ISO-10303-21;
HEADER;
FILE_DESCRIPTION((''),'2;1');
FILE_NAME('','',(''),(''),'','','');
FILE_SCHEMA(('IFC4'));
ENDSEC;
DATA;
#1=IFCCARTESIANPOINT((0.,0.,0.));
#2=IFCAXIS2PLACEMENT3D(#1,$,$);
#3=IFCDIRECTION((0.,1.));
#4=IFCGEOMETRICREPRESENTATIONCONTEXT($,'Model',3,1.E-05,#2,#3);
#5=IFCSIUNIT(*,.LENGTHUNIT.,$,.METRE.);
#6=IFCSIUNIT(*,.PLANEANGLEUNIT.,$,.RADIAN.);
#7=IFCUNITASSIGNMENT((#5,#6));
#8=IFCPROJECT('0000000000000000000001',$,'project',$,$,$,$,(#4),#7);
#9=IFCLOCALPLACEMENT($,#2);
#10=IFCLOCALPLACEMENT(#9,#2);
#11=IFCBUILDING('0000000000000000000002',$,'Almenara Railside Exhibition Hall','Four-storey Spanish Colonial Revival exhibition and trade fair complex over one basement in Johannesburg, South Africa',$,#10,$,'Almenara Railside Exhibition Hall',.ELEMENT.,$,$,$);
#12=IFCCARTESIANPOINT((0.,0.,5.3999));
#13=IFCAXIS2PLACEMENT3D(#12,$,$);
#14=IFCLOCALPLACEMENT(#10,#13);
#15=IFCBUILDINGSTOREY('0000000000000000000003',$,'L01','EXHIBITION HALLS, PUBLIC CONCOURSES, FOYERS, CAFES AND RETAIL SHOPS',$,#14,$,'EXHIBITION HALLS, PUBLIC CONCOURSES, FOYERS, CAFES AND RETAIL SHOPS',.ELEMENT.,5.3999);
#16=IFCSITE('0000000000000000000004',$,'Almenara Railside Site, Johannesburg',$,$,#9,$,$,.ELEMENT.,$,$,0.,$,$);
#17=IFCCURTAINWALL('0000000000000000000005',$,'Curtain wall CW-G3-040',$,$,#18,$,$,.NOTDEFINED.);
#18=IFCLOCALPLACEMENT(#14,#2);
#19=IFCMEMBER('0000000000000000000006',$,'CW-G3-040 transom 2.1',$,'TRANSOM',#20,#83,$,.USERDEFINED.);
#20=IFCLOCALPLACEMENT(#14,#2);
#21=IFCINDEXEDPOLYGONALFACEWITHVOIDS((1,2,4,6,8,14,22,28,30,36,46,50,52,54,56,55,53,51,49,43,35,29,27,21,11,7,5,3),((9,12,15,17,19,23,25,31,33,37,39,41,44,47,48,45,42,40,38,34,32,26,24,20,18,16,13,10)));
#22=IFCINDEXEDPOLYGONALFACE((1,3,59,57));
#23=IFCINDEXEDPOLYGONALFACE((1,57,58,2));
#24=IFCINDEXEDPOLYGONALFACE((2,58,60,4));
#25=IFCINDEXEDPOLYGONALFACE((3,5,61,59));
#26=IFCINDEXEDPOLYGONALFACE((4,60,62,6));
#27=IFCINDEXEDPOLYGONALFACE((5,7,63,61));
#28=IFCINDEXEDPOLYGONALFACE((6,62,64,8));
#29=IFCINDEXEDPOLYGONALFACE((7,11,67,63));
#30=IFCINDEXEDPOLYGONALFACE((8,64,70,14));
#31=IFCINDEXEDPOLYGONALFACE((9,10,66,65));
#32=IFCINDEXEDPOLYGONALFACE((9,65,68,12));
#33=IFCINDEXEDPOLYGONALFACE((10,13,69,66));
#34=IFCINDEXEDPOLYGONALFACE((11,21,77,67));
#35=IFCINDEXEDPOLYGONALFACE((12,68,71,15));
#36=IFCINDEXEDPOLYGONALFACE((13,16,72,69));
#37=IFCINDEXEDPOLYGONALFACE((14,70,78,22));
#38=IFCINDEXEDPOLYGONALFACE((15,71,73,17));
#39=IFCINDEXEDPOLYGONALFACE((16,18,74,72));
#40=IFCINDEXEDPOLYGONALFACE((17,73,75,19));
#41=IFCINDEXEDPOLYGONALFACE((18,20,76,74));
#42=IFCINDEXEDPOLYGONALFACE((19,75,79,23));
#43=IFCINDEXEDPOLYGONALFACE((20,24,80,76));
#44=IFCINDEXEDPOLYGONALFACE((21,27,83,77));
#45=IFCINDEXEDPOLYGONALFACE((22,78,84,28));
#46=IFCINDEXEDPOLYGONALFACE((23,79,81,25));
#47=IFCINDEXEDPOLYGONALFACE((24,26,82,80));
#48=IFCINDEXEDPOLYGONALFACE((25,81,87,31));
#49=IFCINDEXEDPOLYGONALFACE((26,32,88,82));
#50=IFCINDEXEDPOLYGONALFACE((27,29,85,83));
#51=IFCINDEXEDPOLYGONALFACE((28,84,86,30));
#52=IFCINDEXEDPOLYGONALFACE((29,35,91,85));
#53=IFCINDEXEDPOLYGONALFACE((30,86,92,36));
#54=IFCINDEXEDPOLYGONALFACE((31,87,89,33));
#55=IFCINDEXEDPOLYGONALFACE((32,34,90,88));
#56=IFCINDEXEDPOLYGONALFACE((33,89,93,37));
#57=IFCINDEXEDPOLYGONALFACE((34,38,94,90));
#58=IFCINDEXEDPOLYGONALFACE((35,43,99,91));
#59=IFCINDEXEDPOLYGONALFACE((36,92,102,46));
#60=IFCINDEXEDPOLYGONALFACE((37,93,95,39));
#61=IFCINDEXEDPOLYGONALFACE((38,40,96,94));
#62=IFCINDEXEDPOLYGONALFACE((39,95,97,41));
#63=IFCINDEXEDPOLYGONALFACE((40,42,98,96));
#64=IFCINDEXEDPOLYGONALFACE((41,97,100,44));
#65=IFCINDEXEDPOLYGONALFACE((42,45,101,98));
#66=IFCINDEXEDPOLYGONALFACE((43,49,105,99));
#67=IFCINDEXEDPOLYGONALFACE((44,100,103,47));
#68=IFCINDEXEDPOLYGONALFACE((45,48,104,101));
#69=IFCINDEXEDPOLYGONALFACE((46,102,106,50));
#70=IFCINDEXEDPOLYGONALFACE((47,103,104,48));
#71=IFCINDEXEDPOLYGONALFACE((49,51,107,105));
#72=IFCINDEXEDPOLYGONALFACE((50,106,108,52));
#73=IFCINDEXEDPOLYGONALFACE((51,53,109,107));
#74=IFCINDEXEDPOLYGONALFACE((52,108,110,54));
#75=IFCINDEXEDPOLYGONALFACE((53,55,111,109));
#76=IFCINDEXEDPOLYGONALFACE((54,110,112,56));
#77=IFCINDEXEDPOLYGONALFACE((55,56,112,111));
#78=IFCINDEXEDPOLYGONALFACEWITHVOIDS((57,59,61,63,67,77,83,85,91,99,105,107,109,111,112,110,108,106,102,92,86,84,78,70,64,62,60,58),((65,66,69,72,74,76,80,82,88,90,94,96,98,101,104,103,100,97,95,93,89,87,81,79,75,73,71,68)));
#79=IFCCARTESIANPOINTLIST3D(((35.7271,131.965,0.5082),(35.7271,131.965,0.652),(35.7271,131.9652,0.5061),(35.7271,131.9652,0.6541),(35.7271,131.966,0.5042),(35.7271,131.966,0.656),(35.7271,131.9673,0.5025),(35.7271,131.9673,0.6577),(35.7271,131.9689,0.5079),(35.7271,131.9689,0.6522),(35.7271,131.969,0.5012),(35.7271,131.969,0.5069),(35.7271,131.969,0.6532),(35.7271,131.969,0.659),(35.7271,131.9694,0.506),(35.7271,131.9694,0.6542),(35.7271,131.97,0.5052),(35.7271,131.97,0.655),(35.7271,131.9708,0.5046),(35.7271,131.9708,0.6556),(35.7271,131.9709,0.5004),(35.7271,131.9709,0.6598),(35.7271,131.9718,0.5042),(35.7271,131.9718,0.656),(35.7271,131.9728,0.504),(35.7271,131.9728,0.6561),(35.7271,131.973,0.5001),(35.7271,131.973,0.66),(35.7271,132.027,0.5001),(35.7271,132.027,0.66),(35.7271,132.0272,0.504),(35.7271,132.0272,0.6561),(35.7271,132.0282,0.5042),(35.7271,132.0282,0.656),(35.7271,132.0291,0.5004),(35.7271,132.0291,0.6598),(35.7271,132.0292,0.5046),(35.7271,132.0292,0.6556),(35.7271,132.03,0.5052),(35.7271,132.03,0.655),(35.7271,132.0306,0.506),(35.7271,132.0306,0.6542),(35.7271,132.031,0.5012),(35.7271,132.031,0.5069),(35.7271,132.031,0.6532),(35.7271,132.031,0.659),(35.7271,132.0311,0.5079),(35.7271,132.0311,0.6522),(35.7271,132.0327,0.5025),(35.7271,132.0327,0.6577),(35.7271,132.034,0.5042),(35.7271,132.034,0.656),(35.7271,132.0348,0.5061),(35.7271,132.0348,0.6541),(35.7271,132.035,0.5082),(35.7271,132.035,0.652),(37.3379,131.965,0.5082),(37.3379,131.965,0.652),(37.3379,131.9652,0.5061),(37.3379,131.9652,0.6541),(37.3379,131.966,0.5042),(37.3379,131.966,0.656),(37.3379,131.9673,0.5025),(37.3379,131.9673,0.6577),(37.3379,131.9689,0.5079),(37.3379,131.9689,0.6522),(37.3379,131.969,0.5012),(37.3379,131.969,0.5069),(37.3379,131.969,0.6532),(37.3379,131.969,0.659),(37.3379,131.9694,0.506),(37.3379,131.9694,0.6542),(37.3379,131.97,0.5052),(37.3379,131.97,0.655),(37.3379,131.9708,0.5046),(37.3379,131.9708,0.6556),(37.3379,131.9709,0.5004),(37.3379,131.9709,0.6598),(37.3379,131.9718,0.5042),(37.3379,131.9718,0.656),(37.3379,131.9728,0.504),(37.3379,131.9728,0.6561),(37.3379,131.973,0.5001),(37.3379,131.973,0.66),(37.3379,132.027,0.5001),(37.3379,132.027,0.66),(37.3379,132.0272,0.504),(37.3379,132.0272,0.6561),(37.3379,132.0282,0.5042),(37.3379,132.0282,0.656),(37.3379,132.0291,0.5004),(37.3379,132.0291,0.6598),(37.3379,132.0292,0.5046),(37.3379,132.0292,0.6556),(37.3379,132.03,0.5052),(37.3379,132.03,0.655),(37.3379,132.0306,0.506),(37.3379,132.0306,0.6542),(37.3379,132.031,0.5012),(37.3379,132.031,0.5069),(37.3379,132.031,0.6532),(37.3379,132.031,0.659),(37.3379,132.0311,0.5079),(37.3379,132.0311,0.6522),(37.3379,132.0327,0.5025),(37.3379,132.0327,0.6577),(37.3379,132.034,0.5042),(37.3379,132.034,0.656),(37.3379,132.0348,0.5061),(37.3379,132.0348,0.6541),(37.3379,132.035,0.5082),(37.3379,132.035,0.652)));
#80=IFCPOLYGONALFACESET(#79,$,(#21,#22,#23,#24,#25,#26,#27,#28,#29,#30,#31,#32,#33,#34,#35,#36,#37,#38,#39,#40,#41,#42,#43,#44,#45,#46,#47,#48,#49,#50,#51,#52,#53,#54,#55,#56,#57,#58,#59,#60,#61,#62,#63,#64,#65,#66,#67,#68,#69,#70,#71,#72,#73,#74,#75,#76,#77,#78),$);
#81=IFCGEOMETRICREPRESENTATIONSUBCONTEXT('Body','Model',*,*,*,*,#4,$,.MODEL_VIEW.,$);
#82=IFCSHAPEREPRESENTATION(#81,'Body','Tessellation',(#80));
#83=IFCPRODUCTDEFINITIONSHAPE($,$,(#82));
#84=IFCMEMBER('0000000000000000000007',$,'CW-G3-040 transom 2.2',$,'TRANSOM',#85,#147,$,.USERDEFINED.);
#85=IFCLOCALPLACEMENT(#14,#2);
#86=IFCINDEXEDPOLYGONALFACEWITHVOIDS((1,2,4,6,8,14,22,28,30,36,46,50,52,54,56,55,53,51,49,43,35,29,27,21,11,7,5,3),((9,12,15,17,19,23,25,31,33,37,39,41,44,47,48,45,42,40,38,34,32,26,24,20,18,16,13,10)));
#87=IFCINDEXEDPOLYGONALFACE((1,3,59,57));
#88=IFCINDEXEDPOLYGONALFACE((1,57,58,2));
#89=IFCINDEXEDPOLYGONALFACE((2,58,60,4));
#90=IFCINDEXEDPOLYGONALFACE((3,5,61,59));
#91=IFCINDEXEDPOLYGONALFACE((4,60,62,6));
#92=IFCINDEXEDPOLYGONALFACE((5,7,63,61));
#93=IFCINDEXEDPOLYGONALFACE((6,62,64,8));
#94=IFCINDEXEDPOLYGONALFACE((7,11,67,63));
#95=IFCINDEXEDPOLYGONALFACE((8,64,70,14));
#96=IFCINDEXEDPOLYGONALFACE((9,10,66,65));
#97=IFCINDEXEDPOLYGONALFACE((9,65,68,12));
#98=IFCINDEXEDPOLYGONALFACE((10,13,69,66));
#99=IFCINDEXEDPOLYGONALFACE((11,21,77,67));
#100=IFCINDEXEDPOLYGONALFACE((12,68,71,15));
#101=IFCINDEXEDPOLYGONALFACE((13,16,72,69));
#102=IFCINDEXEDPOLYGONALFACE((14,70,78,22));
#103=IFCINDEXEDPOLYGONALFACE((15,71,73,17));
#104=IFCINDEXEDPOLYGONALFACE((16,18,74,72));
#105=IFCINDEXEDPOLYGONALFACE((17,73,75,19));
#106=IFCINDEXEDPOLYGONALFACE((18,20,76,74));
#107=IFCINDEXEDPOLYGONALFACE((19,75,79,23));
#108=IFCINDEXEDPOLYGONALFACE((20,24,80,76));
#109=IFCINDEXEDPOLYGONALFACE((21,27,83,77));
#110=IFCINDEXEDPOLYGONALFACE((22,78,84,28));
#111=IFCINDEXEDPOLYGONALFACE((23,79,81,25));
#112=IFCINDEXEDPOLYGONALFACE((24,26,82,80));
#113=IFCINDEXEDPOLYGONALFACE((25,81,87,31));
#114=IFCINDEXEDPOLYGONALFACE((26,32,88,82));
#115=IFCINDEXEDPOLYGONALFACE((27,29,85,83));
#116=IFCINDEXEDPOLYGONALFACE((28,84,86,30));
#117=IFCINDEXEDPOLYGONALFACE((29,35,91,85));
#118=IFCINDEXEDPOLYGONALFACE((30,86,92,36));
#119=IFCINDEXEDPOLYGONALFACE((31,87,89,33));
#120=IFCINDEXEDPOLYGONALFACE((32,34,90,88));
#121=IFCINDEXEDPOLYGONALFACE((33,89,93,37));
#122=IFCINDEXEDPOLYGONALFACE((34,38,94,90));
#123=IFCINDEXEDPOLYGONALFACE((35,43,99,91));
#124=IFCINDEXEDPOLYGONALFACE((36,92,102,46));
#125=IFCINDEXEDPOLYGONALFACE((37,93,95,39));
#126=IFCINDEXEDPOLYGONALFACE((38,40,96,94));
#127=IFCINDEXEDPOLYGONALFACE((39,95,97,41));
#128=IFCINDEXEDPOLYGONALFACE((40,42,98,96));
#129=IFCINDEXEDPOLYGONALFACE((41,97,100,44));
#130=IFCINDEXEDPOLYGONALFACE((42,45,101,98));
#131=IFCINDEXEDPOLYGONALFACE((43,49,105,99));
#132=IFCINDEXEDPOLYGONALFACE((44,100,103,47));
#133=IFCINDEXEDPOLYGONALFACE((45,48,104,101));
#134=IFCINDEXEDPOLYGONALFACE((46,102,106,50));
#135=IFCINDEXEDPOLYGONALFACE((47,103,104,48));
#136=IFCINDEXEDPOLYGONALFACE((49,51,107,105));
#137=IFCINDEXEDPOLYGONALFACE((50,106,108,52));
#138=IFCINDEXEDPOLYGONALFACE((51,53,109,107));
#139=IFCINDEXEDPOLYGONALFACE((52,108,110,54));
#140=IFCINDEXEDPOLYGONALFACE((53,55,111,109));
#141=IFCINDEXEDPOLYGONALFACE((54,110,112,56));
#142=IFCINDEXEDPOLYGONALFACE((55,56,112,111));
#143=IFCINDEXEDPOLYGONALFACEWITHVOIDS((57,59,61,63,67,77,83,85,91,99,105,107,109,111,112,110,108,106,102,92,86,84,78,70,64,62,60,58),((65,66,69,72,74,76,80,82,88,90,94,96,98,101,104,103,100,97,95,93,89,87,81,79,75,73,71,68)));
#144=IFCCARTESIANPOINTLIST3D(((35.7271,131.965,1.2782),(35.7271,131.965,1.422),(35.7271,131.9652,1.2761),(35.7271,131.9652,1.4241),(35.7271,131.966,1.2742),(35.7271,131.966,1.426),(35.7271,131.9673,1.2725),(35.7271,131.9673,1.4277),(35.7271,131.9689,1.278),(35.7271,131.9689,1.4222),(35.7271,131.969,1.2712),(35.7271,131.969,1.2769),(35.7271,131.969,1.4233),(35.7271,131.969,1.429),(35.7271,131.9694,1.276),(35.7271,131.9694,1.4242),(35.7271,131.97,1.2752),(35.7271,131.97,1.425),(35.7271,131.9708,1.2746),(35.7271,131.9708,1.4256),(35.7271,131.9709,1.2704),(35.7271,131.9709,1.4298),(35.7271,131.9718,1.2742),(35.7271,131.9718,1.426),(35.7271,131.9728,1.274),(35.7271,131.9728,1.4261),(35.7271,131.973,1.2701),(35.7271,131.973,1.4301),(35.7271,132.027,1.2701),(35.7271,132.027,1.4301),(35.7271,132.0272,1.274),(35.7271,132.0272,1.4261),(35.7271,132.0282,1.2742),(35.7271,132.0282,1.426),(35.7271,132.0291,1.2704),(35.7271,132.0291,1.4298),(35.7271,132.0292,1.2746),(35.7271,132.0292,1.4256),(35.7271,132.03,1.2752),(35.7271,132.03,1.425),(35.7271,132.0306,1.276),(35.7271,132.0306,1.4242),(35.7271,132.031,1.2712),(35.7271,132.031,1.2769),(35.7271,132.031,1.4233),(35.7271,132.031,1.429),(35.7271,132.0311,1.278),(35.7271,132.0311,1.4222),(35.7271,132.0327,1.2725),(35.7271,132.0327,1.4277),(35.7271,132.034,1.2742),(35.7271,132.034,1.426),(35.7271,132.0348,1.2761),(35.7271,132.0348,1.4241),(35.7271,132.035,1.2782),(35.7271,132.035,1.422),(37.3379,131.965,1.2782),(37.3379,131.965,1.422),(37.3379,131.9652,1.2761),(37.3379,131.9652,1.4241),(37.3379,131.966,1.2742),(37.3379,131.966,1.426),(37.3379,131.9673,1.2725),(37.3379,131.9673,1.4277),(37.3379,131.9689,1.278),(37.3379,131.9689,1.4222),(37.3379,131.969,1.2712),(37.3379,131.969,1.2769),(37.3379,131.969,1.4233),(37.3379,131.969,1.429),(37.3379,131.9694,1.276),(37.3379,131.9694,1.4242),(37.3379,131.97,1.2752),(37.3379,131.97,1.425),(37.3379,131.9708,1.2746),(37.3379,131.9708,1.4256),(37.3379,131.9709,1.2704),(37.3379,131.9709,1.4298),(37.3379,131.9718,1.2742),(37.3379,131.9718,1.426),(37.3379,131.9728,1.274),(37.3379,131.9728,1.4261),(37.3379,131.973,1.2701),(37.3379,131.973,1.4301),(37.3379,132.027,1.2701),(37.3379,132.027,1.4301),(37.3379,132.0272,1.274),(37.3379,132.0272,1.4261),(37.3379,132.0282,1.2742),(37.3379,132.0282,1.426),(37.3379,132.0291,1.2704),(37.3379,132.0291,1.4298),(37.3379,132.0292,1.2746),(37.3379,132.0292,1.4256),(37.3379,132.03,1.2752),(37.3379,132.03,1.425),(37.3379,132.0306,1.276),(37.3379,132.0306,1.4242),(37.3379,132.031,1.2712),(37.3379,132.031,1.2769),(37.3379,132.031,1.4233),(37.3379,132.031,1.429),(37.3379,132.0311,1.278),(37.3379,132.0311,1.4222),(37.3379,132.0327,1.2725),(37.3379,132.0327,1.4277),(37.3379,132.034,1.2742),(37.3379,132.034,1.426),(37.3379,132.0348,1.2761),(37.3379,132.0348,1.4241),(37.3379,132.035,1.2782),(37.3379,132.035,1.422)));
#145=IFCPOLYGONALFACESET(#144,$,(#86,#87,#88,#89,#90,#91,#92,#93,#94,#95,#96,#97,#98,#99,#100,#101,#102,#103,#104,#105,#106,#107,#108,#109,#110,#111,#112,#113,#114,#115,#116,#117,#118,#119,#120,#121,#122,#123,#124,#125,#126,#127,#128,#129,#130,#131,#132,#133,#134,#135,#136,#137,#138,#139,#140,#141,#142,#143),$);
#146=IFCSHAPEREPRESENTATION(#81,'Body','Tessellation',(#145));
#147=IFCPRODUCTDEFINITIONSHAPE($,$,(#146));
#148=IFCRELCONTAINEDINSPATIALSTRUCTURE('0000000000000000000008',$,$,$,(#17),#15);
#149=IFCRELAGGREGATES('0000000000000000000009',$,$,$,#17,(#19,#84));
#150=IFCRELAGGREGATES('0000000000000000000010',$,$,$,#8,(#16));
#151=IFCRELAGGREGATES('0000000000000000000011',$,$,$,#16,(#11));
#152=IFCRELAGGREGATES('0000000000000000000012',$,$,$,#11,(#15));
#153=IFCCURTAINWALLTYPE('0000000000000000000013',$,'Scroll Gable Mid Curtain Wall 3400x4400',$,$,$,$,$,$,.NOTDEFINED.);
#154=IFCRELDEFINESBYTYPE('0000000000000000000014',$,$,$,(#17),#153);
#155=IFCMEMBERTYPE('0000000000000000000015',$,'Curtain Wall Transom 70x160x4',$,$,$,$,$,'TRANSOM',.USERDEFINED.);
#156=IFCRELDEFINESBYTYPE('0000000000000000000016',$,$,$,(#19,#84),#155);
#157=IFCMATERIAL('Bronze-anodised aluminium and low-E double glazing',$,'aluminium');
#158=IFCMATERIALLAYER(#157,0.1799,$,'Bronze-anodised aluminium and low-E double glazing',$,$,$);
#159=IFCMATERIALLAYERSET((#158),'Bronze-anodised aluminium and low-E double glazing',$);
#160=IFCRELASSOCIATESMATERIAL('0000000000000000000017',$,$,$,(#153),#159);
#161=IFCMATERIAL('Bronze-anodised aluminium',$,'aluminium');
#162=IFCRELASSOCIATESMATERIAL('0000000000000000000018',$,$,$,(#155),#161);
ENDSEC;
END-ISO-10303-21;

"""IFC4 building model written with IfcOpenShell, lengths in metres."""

from ifc_helpers import new_model, si_unit, direction, frame, origin, origin_2d, place, context, subcontext, project, spatial, hollow_rectangle, extrude, material, layer, layer_set, material_profile, profile_set, type_object, element, aggregate, save


model = new_model("IFC4")

# Units and contexts
model_context = context("Model", 3, precision=1e-05, world=origin(), true_north=direction((0.0, 1.0)))
body_context = subcontext(model_context, "Body", "Model", "MODEL_VIEW")
ifc_project = project(units=[si_unit("LENGTHUNIT", "METRE"), si_unit("PLANEANGLEUNIT", "RADIAN")], contexts=[model_context])

# Site, building, storey
site_placement = place(None, origin())
site = spatial("IfcSite", under=ifc_project, at=site_placement, Name="Almenara Railside Site, Johannesburg", CompositionType="ELEMENT", RefElevation=0.0)
building_placement = place(site_placement, origin())
building = spatial("IfcBuilding", under=site, at=building_placement, Name="Almenara Railside Exhibition Hall", Description="Four-storey Spanish Colonial Revival exhibition and trade fair complex over one basement in Johannesburg, South Africa", LongName="Almenara Railside Exhibition Hall", CompositionType="ELEMENT")
storey_placement = place(building_placement, frame((0.0, 0.0, 5.3999)))
storey = spatial("IfcBuildingStorey", under=building, at=storey_placement, Name="L01", Description="EXHIBITION HALLS, PUBLIC CONCOURSES, FOYERS, CAFES AND RETAIL SHOPS", LongName="EXHIBITION HALLS, PUBLIC CONCOURSES, FOYERS, CAFES AND RETAIL SHOPS", CompositionType="ELEMENT", Elevation=5.3999)

# Shared definitions
ifc_material_1 = material(Name="Bronze-anodised aluminium and low-E double glazing", Category="aluminium")
ifc_layer_1 = layer(ifc_material_1, 0.1799, Name="Bronze-anodised aluminium and low-E double glazing")
ifc_layer_set_1 = layer_set([ifc_layer_1], Name="Bronze-anodised aluminium and low-E double glazing")
curtain_wall_type = type_object("IfcCurtainWallType", Name="Scroll Gable Mid Curtain Wall 3400x4400", PredefinedType="NOTDEFINED", material=ifc_layer_set_1)
ifc_material_2 = material(Name="Bronze-anodised aluminium", Category="aluminium")

# Curtain wall
curtain_wall_1_placement = place(storey_placement, origin())
curtain_wall_1 = element("IfcCurtainWall", 1, at=curtain_wall_1_placement, inside=storey, type_object=curtain_wall_type, Name="Curtain wall CW-G3-040", PredefinedType="NOTDEFINED")

# Members
ifc_material_profile_1 = material_profile(ifc_material_2, hollow_rectangle(XDim=0.0701, YDim=0.1599, WallThickness=0.0039, InnerFilletRadius=0.0039, OuterFilletRadius=0.0081, at=origin_2d()), Name="ALU-TRN 70x160x4")
ifc_profile_set_1 = profile_set([ifc_material_profile_1], Name="Bronze-anodised aluminium")
member_type_1 = type_object("IfcMemberType", Name="Curtain Wall Transom 70x160x4", ElementType="TRANSOM", PredefinedType="USERDEFINED", material=ifc_profile_set_1)
member_1_placement = place(storey_placement, frame((35.7271, 132.0, 0.5801), z_axis=(1.0, 0.0, 0.0), x_axis=(0.0, 1.0, 0.0)))
member_1 = element("IfcMember", 2, at=member_1_placement, type_object=member_type_1, Name="CW-G3-040 transom 2.1", ObjectType="TRANSOM", PredefinedType="USERDEFINED", context=body_context, shape_type="SweptSolid", body=[
    extrude(hollow_rectangle(XDim=0.0701, YDim=0.1599, WallThickness=0.0039, InnerFilletRadius=0.0039, OuterFilletRadius=0.0081, at=origin_2d()), origin(), (0.0, 0.0, 1.0), 1.6108),
])
member_2_placement = place(storey_placement, frame((35.7271, 132.0, 1.3501), z_axis=(1.0, 0.0, 0.0), x_axis=(0.0, 1.0, 0.0)))
member_2 = element("IfcMember", 3, at=member_2_placement, type_object=member_type_1, Name="CW-G3-040 transom 2.2", ObjectType="TRANSOM", PredefinedType="USERDEFINED", context=body_context, shape_type="SweptSolid", body=[
    extrude(hollow_rectangle(XDim=0.0701, YDim=0.1599, WallThickness=0.0039, InnerFilletRadius=0.0039, OuterFilletRadius=0.0081, at=origin_2d()), origin(), (0.0, 0.0, 1.0), 1.6108),
])

aggregate(curtain_wall_1, [member_1, member_2])

save(model, "model.ifc")
